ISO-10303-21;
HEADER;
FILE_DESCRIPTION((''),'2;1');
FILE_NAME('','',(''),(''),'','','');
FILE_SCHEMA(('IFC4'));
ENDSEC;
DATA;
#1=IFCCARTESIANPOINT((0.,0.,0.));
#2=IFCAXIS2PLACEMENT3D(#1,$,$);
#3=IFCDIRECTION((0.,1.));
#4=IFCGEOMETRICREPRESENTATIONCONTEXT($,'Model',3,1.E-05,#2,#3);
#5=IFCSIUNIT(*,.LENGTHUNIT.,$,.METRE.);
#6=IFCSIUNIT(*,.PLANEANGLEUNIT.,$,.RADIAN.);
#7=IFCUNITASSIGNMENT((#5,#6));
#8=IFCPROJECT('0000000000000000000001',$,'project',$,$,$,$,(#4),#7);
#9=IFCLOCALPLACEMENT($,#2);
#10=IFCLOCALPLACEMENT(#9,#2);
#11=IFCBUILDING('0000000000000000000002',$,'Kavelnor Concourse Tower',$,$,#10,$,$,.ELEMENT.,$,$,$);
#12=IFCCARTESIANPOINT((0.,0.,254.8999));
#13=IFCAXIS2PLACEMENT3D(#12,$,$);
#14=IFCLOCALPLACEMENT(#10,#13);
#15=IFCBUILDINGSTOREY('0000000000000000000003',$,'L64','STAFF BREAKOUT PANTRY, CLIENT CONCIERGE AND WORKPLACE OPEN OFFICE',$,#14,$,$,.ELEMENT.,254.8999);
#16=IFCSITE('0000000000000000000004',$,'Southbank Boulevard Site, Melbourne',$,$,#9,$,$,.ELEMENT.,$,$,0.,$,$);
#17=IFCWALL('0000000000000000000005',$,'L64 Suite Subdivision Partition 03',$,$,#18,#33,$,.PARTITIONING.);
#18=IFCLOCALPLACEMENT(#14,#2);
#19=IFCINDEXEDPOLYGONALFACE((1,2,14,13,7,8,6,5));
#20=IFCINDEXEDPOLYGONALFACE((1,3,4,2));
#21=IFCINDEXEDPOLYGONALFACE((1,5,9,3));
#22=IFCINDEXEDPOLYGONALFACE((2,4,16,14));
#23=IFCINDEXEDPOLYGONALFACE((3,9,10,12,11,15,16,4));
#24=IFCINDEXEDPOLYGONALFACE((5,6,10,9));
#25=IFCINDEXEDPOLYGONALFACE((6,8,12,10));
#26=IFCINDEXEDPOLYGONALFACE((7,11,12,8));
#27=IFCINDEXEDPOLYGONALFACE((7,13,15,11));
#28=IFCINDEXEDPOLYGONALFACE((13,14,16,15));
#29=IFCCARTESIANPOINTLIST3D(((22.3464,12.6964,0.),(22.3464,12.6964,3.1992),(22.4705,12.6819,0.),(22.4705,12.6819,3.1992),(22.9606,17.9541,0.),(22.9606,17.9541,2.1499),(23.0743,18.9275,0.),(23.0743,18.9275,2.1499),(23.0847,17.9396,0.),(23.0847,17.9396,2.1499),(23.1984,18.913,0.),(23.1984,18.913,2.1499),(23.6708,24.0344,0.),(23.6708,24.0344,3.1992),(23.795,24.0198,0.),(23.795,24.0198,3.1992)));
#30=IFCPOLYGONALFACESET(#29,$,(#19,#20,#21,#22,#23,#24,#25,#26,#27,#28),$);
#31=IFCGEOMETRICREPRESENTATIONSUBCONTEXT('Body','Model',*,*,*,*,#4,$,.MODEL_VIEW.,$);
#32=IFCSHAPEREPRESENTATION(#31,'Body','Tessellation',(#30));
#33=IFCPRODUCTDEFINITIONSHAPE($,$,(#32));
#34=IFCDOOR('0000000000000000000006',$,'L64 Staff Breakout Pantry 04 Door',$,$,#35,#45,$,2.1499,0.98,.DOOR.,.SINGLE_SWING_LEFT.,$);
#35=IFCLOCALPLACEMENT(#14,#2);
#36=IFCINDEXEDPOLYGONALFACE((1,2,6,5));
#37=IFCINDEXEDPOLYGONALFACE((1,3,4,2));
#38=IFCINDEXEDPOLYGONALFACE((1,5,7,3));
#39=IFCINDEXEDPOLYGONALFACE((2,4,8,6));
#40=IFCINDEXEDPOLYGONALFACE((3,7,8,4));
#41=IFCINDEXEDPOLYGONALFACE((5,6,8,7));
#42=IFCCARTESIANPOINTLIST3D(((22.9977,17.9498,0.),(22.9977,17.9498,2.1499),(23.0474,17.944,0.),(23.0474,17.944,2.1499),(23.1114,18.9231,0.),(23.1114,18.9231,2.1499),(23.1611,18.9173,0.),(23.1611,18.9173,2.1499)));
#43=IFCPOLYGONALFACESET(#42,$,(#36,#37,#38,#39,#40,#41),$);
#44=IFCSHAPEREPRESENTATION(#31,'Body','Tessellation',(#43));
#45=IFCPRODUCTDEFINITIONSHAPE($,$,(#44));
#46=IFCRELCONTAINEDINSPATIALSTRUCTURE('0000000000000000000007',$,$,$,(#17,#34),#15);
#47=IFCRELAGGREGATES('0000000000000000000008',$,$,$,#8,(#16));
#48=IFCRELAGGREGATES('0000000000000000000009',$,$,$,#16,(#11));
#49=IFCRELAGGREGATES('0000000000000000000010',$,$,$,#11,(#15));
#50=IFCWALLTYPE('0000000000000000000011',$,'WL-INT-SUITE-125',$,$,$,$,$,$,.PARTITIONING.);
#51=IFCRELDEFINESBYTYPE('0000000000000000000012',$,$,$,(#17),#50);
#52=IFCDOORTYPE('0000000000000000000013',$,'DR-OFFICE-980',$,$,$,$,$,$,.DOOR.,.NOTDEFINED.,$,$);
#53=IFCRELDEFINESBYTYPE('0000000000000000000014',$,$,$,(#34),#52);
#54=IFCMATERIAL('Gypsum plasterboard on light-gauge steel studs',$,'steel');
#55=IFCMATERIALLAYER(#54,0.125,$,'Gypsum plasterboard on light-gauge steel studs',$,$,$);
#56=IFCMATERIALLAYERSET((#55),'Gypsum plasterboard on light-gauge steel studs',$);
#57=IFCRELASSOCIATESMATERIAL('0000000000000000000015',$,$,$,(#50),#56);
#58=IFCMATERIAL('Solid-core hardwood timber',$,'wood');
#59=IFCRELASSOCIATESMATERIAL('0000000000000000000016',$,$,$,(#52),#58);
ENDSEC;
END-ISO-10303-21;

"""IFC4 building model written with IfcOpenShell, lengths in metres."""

from ifc_helpers import new_model, si_unit, direction, frame, frame_2d, origin, place, context, subcontext, project, spatial, rectangle, extrude, material, layer, layer_set, type_object, element, fill, save


model = new_model("IFC4")

# Units and contexts
model_context = context("Model", 3, precision=1e-05, world=origin(), true_north=direction((0.0, 1.0)))
body_context = subcontext(model_context, "Body", "Model", "MODEL_VIEW")
ifc_project = project(units=[si_unit("LENGTHUNIT", "METRE"), si_unit("PLANEANGLEUNIT", "RADIAN")], contexts=[model_context])

# Site, building, storey
site_placement = place(None, origin())
site = spatial("IfcSite", under=ifc_project, at=site_placement, Name="Southbank Boulevard Site, Melbourne", CompositionType="ELEMENT", RefElevation=0.0)
building_placement = place(site_placement, origin())
building = spatial("IfcBuilding", under=site, at=building_placement, Name="Kavelnor Concourse Tower", CompositionType="ELEMENT")
storey_placement = place(building_placement, frame((0.0, 0.0, 254.8999)))
storey = spatial("IfcBuildingStorey", under=building, at=storey_placement, Name="L64", Description="STAFF BREAKOUT PANTRY, CLIENT CONCIERGE AND WORKPLACE OPEN OFFICE", CompositionType="ELEMENT", Elevation=254.8999)

# Shared definitions
ifc_material_1 = material(Name="Gypsum plasterboard on light-gauge steel studs", Category="steel")
ifc_material_2 = material(Name="Solid-core hardwood timber", Category="wood")

# Wall, opening, door
ifc_layer_1 = layer(ifc_material_1, 0.125, Name="Gypsum plasterboard on light-gauge steel studs")
ifc_layer_set_1 = layer_set([ifc_layer_1], Name="Gypsum plasterboard on light-gauge steel studs")
wall_type_1 = type_object("IfcWallType", Name="WL-INT-SUITE-125", PredefinedType="PARTITIONING", material=ifc_layer_set_1)
wall_1_placement = place(storey_placement, frame((23.7329, 24.0271, 0.0), z_axis=(0.0, 0.0, 1.0), x_axis=(-0.116028, -0.993246, 0.0)))
wall_1 = element("IfcWall", 1, at=wall_1_placement, inside=storey, type_object=wall_type_1, Name="L64 Suite Subdivision Partition 03", PredefinedType="PARTITIONING", context=body_context, shape_type="SweptSolid", body=[
    extrude(rectangle(XDim=11.415, YDim=0.125, at=frame_2d((5.7075, 0.0))), origin(), (0.0, 0.0, 1.0), 3.1992),
])
opening_1_placement = place(wall_1_placement, frame((5.1416, 0.0, 0.0)))
opening_1 = element("IfcOpeningElement", 2, at=opening_1_placement, cuts=wall_1, PredefinedType="OPENING", context=body_context, shape_type="SweptSolid", body=[
    extrude(rectangle(XDim=0.98, YDim=2.1499, at=frame_2d((0.49, 1.075))), frame((0.0, 0.0725, 0.0), z_axis=(0.0, -1.0, 0.0), x_axis=(1.0, 0.0, 0.0)), (0.0, 0.0, 1.0), 0.145),
])
door_type_1 = type_object("IfcDoorType", Name="DR-OFFICE-980", OperationType="NOTDEFINED", PredefinedType="DOOR", material=ifc_material_2)
door_1_placement = place(opening_1_placement, origin())
door_1 = element("IfcDoor", 3, at=door_1_placement, inside=storey, type_object=door_type_1, Name="L64 Staff Breakout Pantry 04 Door", OperationType="SINGLE_SWING_LEFT", OverallHeight=2.1499, OverallWidth=0.98, PredefinedType="DOOR", context=body_context, shape_type="SweptSolid", body=[
    extrude(rectangle(XDim=0.98, YDim=2.1499, at=frame_2d((0.49, 1.075))), frame((0.0, 0.0249, 0.0), z_axis=(0.0, -1.0, 0.0), x_axis=(1.0, 0.0, 0.0)), (0.0, 0.0, 1.0), 0.05),
])
fill(opening_1, door_1)

save(model, "model.ifc")
